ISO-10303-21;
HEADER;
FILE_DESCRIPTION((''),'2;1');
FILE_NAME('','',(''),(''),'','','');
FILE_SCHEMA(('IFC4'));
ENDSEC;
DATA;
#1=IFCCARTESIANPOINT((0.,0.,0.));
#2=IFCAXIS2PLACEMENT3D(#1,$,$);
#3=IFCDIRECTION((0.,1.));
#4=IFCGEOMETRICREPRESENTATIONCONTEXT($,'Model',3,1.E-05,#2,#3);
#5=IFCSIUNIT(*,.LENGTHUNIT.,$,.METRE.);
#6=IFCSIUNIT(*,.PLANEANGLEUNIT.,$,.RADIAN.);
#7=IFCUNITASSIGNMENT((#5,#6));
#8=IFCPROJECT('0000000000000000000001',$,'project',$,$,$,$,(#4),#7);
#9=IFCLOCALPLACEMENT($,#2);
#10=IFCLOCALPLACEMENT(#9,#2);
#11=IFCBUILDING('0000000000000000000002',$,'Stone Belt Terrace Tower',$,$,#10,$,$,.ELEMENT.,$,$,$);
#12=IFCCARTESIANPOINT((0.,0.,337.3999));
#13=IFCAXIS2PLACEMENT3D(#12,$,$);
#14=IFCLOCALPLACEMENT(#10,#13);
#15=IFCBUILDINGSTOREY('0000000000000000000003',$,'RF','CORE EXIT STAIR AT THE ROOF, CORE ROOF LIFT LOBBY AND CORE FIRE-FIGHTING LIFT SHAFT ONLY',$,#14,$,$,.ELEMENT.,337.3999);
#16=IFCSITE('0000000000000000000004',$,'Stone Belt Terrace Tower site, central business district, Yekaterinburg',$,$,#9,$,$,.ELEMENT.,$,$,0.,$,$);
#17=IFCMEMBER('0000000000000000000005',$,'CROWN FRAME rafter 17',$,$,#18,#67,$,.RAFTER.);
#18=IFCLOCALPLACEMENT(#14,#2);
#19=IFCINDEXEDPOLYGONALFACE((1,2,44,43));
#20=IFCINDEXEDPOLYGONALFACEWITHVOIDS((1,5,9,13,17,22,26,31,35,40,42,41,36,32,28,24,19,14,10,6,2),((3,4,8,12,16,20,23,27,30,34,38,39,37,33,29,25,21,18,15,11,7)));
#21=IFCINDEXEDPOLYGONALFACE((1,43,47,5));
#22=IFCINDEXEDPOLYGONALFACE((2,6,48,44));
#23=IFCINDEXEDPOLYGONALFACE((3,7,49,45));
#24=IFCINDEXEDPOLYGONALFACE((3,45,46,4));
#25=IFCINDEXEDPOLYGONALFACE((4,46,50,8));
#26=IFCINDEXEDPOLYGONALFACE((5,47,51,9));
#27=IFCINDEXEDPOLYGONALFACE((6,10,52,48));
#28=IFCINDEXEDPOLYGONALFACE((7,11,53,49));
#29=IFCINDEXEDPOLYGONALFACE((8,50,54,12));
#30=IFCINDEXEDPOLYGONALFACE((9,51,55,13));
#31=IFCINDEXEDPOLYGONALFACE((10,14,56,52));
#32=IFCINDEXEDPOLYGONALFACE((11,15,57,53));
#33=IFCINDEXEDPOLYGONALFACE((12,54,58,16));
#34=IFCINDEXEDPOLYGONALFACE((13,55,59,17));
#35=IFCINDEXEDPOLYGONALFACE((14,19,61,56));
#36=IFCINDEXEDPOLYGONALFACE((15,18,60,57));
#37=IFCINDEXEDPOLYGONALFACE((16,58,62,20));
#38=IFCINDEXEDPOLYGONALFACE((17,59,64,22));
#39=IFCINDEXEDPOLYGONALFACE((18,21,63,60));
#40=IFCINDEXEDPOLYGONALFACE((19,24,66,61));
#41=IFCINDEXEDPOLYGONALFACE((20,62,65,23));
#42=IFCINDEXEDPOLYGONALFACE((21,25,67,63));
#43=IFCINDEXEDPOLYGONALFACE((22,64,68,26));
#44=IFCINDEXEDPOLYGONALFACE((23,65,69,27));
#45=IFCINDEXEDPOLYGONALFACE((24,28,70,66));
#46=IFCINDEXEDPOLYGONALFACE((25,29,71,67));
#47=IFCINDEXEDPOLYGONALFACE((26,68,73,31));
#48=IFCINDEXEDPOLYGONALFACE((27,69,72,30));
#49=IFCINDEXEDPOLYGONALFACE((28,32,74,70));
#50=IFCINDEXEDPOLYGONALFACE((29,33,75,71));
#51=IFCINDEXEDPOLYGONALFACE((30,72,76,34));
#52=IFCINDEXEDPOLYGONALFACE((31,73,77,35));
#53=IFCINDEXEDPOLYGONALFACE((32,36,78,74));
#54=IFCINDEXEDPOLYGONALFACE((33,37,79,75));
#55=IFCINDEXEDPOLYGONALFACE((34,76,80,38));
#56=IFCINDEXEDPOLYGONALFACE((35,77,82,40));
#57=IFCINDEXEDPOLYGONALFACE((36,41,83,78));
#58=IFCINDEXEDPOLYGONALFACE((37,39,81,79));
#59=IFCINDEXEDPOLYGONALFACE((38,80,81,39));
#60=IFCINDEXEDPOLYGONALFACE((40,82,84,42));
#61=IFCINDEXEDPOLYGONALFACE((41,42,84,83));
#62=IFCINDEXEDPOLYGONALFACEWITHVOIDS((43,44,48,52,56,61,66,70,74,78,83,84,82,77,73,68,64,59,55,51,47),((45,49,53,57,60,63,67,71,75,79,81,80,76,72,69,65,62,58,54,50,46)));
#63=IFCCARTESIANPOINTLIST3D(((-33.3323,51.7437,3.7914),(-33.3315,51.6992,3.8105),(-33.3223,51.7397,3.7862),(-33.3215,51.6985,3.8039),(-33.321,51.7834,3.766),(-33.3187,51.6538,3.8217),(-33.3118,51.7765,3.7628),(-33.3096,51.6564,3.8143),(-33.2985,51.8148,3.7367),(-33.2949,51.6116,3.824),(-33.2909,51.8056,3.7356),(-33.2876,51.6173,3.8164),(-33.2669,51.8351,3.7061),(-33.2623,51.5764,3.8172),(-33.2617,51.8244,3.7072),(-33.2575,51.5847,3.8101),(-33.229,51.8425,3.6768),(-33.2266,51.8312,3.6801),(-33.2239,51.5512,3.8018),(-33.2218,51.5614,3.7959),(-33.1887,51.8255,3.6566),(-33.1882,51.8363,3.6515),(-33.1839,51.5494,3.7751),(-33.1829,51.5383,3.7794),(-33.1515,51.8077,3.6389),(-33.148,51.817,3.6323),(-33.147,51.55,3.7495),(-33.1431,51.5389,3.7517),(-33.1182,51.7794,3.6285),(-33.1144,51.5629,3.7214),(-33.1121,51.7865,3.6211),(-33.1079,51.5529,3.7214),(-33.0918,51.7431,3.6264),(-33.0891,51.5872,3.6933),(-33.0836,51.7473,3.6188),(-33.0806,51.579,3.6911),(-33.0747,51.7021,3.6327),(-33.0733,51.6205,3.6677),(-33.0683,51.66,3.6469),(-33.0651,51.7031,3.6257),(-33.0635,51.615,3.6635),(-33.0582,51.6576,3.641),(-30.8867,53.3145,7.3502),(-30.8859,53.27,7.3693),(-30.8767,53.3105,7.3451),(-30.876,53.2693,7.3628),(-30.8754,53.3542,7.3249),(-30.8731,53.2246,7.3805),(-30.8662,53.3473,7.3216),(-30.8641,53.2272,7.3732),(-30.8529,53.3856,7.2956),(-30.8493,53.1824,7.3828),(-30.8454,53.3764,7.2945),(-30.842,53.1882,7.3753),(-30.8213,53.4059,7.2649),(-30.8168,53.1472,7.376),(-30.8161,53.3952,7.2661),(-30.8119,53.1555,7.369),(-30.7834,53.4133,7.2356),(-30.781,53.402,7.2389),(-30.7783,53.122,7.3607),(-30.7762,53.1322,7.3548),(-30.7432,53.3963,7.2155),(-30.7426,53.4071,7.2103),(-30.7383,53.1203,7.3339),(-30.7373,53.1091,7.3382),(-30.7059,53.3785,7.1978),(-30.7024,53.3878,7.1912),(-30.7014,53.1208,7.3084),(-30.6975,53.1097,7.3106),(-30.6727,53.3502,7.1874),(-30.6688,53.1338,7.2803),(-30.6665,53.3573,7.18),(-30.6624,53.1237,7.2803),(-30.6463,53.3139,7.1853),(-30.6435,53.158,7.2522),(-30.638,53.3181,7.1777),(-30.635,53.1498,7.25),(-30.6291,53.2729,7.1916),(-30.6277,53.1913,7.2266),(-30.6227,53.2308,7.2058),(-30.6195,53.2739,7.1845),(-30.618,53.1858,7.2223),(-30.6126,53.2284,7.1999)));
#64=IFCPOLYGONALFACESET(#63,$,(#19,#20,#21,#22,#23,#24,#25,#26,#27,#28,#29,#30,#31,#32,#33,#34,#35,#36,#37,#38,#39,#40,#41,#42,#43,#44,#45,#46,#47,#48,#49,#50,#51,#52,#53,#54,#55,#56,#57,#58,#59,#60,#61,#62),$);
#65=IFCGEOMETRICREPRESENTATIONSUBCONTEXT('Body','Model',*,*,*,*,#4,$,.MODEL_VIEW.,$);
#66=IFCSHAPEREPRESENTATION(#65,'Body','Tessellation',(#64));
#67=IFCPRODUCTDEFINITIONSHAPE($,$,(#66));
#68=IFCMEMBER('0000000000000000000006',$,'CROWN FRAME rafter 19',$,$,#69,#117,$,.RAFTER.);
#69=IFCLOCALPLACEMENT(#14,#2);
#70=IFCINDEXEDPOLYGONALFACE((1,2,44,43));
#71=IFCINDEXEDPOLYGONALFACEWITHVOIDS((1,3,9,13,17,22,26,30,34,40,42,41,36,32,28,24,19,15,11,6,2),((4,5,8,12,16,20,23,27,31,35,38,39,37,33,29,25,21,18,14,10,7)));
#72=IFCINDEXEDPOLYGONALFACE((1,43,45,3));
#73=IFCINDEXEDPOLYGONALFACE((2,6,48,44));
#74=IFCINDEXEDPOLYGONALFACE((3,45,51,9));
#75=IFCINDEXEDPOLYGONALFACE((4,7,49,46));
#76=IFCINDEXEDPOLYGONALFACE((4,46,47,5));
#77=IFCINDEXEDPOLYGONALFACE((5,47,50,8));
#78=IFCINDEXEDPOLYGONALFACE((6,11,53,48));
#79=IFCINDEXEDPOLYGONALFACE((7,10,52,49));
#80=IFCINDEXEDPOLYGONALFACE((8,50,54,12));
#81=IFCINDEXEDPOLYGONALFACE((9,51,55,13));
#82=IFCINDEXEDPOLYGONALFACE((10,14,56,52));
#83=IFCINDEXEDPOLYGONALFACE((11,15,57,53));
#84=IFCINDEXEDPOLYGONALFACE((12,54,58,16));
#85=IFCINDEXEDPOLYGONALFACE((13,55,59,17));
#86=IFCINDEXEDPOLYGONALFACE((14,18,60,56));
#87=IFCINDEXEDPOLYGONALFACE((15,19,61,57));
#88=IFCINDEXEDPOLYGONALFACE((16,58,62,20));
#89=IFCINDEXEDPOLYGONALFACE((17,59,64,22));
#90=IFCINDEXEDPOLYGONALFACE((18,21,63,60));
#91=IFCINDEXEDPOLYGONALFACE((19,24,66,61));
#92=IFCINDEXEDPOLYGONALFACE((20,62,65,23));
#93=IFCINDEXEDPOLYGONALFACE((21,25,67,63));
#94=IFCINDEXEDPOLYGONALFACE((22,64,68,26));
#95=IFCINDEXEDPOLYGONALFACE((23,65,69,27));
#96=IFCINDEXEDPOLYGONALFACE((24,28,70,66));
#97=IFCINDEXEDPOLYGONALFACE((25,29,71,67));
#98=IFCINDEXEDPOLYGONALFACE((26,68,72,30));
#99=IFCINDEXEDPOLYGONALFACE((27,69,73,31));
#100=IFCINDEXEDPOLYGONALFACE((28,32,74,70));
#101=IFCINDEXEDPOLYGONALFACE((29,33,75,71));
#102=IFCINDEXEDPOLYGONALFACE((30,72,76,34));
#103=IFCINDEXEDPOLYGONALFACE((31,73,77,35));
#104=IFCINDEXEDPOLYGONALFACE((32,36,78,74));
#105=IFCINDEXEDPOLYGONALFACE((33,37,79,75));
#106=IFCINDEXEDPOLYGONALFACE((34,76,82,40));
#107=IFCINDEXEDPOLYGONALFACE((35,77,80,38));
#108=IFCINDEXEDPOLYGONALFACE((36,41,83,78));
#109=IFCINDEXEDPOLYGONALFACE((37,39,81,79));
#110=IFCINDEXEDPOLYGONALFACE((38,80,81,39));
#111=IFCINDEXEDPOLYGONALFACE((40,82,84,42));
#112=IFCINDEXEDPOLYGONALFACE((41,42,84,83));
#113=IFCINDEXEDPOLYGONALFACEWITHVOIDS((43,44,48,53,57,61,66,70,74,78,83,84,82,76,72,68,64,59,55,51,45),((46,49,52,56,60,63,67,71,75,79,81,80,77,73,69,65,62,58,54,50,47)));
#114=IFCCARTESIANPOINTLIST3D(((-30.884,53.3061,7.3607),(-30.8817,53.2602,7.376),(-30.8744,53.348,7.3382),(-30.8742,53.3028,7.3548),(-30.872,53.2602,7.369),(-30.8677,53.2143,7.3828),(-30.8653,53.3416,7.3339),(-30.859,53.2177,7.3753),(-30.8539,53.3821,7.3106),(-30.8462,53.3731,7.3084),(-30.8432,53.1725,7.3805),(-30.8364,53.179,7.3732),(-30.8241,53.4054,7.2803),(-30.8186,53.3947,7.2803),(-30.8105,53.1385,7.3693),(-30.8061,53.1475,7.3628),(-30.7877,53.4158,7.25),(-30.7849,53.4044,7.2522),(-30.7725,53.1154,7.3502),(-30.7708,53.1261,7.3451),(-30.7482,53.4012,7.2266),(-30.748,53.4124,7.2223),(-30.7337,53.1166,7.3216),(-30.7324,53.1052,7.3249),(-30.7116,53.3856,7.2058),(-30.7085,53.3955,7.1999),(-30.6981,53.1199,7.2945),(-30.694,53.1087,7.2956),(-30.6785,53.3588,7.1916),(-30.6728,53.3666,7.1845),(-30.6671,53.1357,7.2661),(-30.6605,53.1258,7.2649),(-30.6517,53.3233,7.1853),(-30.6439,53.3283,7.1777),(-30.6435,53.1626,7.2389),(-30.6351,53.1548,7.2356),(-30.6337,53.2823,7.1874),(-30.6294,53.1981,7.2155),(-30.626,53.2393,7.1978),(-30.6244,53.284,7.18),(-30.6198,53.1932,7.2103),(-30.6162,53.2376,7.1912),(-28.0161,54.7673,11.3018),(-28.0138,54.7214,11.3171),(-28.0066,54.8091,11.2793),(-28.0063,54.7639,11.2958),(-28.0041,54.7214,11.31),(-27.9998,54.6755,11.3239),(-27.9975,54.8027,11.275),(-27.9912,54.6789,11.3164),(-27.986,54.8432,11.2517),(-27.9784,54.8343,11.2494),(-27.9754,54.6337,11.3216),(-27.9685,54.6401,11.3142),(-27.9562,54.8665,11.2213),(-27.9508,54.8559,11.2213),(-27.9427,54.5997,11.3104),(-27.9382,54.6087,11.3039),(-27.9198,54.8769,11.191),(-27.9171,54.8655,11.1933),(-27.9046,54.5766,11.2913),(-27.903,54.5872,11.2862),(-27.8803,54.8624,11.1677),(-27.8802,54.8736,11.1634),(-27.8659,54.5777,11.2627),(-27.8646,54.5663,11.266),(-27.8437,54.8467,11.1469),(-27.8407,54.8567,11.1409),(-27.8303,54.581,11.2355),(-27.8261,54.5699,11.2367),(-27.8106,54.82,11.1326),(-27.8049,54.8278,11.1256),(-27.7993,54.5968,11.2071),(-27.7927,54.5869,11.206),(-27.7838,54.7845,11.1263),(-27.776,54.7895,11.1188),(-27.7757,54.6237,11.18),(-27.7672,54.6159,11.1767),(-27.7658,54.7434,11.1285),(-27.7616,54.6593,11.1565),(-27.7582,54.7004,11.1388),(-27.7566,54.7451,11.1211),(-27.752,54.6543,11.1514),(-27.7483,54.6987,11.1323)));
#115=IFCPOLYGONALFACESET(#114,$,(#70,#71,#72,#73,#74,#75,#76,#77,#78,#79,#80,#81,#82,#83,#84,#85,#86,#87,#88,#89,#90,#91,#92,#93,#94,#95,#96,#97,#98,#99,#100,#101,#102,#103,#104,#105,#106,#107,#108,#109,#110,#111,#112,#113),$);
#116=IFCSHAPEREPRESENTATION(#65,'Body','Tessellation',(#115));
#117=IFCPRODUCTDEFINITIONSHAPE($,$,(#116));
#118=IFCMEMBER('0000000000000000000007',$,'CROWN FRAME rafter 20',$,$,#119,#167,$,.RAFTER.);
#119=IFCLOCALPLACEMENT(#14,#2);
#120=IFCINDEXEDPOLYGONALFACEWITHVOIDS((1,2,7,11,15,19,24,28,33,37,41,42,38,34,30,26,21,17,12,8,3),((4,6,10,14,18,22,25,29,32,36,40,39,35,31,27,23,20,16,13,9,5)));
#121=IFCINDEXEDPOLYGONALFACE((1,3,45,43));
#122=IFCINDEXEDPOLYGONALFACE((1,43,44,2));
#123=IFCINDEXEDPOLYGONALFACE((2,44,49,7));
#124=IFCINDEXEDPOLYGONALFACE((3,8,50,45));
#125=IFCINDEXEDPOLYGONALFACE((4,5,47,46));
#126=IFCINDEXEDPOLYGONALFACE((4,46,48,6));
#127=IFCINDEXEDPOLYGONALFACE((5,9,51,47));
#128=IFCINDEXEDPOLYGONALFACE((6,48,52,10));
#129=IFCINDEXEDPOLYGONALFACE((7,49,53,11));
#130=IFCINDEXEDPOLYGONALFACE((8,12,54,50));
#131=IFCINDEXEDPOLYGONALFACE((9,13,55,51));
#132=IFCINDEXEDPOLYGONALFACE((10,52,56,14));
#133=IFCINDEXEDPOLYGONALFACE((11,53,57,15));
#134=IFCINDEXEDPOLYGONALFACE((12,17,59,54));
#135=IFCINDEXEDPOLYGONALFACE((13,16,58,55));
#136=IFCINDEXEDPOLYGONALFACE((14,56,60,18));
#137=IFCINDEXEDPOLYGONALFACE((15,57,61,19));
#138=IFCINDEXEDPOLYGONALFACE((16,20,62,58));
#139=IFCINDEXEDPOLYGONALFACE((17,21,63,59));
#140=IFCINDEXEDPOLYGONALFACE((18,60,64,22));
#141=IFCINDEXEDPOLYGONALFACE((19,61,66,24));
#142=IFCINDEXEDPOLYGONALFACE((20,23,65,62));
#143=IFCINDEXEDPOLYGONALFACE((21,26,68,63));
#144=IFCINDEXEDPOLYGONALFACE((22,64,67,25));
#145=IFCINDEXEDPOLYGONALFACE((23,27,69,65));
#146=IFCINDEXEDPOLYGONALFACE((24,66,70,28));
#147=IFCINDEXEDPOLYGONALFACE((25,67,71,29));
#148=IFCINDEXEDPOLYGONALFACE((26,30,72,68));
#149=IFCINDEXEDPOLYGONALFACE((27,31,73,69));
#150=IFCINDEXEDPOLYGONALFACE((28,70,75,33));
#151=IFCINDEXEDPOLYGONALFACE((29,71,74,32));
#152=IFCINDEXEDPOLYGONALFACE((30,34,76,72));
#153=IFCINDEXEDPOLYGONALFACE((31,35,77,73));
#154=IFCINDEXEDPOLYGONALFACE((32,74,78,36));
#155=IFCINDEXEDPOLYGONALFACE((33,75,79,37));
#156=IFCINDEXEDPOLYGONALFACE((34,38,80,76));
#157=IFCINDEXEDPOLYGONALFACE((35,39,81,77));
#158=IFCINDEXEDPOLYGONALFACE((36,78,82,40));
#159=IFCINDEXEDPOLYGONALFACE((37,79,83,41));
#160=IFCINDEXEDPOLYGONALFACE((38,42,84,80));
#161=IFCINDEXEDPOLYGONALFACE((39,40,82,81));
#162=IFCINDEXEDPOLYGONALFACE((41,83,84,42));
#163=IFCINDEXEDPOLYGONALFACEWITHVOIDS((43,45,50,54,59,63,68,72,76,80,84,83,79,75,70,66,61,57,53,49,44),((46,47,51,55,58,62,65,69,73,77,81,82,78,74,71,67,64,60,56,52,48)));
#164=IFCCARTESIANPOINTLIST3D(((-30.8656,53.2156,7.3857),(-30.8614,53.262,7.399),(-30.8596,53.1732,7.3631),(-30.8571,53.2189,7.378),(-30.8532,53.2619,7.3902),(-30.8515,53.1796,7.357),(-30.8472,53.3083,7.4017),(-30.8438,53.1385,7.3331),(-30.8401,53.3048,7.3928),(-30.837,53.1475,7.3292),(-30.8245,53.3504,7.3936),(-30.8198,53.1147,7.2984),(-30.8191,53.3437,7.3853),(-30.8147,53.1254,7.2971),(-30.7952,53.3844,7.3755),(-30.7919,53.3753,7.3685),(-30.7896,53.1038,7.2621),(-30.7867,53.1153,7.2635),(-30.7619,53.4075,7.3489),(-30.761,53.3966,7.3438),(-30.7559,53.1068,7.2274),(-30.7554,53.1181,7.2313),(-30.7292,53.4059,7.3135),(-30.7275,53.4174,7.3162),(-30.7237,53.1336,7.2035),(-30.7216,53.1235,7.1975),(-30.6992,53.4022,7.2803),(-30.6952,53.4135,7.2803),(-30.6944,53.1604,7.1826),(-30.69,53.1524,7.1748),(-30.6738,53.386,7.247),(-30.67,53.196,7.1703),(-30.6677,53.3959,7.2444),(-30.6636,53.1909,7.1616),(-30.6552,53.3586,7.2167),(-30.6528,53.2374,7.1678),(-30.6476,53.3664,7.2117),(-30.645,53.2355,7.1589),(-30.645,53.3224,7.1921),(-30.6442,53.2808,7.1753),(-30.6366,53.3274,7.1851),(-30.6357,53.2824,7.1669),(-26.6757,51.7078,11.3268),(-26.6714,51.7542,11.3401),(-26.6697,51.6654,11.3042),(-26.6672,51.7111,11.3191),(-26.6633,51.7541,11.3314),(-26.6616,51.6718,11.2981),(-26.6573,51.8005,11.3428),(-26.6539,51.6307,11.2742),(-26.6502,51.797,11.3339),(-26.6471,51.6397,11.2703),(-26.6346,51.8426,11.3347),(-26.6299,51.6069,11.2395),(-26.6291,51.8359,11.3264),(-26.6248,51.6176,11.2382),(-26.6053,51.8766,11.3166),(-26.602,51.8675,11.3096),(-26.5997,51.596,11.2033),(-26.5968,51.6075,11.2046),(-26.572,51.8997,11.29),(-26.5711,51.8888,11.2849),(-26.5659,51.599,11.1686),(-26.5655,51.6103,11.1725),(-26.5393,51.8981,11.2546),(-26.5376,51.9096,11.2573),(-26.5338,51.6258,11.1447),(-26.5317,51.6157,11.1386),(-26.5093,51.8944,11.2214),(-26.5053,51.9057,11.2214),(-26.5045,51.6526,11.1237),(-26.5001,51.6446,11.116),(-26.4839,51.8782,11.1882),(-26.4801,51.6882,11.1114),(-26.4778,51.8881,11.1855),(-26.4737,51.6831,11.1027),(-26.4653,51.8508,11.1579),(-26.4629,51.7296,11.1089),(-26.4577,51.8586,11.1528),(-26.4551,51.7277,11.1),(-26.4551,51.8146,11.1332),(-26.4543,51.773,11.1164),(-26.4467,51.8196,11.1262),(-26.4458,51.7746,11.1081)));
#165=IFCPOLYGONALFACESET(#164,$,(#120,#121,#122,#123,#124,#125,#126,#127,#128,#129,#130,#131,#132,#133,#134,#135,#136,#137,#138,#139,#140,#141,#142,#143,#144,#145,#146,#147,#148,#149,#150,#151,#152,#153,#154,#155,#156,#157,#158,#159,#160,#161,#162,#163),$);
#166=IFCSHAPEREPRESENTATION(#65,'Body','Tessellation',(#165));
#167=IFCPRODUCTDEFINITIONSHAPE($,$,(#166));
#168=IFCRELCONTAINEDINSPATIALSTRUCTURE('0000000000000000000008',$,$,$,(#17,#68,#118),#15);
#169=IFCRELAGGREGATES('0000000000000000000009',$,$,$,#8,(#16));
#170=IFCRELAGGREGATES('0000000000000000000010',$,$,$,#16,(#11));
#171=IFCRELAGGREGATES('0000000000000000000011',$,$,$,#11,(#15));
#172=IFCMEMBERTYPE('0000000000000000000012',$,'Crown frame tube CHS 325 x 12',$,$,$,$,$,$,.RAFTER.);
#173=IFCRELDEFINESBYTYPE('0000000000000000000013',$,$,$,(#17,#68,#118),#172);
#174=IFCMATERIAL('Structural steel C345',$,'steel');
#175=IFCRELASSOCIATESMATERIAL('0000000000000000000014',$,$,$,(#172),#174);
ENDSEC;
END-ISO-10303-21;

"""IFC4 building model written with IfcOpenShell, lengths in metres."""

from ifc_helpers import new_model, si_unit, direction, frame, origin, origin_2d, place, context, subcontext, project, spatial, hollow_circle, extrude, material, material_profile, profile_set, type_object, element, save


model = new_model("IFC4")

# Units and contexts
model_context = context("Model", 3, precision=1e-05, world=origin(), true_north=direction((0.0, 1.0)))
body_context = subcontext(model_context, "Body", "Model", "MODEL_VIEW")
ifc_project = project(units=[si_unit("LENGTHUNIT", "METRE"), si_unit("PLANEANGLEUNIT", "RADIAN")], contexts=[model_context])

# Site, building, storey
site_placement = place(None, origin())
site = spatial("IfcSite", under=ifc_project, at=site_placement, Name="Stone Belt Terrace Tower site, central business district, Yekaterinburg", CompositionType="ELEMENT", RefElevation=0.0)
building_placement = place(site_placement, origin())
building = spatial("IfcBuilding", under=site, at=building_placement, Name="Stone Belt Terrace Tower", CompositionType="ELEMENT")
storey_placement = place(building_placement, frame((0.0, 0.0, 337.3999)))
storey = spatial("IfcBuildingStorey", under=building, at=storey_placement, Name="RF", Description="CORE EXIT STAIR AT THE ROOF, CORE ROOF LIFT LOBBY AND CORE FIRE-FIGHTING LIFT SHAFT ONLY", CompositionType="ELEMENT", Elevation=337.3999)

# Members
ifc_material_1 = material(Name="Structural steel C345", Category="steel")
ifc_material_profile_1 = material_profile(ifc_material_1, hollow_circle(Radius=0.1626, WallThickness=0.012, at=origin_2d()), Name="Structural steel C345 CHS 325x12")
ifc_profile_set_1 = profile_set([ifc_material_profile_1], Name="Structural steel C345")
member_type_1 = type_object("IfcMemberType", Name="Crown frame tube CHS 325 x 12", PredefinedType="RAFTER", material=ifc_profile_set_1)
member_1_placement = place(storey_placement, frame((-30.7502, 53.2605, 7.2803), z_axis=(-0.532228, -0.341854, -0.774512), x_axis=(0.540431, -0.841389, 0.0)))
element("IfcMember", 1, at=member_1_placement, inside=storey, type_object=member_type_1, Name="CROWN FRAME rafter 17", PredefinedType="RAFTER", context=body_context, shape_type="SweptSolid", body=[
    extrude(hollow_circle(Radius=0.1626, WallThickness=0.012, at=origin_2d()), origin(), (0.0, 0.0, 1.0), 4.595),
])
member_2_placement = place(storey_placement, frame((-30.7502, 53.2605, 7.2803), z_axis=(0.563609, 0.287154, 0.774524), x_axis=(-0.453967, 0.891019, 0.0)))
element("IfcMember", 2, at=member_2_placement, inside=storey, type_object=member_type_1, Name="CROWN FRAME rafter 19", PredefinedType="RAFTER", context=body_context, shape_type="SweptSolid", body=[
    extrude(hollow_circle(Radius=0.1626, WallThickness=0.012, at=origin_2d()), origin(), (0.0, 0.0, 1.0), 5.0884),
])
member_3_placement = place(storey_placement, frame((-30.7502, 53.2605, 7.2803), z_axis=(0.704596, -0.253559, 0.662761), x_axis=(0.338607, 0.940928, 0.0)))
element("IfcMember", 3, at=member_3_placement, inside=storey, type_object=member_type_1, Name="CROWN FRAME rafter 20", PredefinedType="RAFTER", context=body_context, shape_type="SweptSolid", body=[
    extrude(hollow_circle(Radius=0.1626, WallThickness=0.012, at=origin_2d()), origin(), (0.0, 0.0, 1.0), 5.9465),
])

save(model, "model.ifc")
